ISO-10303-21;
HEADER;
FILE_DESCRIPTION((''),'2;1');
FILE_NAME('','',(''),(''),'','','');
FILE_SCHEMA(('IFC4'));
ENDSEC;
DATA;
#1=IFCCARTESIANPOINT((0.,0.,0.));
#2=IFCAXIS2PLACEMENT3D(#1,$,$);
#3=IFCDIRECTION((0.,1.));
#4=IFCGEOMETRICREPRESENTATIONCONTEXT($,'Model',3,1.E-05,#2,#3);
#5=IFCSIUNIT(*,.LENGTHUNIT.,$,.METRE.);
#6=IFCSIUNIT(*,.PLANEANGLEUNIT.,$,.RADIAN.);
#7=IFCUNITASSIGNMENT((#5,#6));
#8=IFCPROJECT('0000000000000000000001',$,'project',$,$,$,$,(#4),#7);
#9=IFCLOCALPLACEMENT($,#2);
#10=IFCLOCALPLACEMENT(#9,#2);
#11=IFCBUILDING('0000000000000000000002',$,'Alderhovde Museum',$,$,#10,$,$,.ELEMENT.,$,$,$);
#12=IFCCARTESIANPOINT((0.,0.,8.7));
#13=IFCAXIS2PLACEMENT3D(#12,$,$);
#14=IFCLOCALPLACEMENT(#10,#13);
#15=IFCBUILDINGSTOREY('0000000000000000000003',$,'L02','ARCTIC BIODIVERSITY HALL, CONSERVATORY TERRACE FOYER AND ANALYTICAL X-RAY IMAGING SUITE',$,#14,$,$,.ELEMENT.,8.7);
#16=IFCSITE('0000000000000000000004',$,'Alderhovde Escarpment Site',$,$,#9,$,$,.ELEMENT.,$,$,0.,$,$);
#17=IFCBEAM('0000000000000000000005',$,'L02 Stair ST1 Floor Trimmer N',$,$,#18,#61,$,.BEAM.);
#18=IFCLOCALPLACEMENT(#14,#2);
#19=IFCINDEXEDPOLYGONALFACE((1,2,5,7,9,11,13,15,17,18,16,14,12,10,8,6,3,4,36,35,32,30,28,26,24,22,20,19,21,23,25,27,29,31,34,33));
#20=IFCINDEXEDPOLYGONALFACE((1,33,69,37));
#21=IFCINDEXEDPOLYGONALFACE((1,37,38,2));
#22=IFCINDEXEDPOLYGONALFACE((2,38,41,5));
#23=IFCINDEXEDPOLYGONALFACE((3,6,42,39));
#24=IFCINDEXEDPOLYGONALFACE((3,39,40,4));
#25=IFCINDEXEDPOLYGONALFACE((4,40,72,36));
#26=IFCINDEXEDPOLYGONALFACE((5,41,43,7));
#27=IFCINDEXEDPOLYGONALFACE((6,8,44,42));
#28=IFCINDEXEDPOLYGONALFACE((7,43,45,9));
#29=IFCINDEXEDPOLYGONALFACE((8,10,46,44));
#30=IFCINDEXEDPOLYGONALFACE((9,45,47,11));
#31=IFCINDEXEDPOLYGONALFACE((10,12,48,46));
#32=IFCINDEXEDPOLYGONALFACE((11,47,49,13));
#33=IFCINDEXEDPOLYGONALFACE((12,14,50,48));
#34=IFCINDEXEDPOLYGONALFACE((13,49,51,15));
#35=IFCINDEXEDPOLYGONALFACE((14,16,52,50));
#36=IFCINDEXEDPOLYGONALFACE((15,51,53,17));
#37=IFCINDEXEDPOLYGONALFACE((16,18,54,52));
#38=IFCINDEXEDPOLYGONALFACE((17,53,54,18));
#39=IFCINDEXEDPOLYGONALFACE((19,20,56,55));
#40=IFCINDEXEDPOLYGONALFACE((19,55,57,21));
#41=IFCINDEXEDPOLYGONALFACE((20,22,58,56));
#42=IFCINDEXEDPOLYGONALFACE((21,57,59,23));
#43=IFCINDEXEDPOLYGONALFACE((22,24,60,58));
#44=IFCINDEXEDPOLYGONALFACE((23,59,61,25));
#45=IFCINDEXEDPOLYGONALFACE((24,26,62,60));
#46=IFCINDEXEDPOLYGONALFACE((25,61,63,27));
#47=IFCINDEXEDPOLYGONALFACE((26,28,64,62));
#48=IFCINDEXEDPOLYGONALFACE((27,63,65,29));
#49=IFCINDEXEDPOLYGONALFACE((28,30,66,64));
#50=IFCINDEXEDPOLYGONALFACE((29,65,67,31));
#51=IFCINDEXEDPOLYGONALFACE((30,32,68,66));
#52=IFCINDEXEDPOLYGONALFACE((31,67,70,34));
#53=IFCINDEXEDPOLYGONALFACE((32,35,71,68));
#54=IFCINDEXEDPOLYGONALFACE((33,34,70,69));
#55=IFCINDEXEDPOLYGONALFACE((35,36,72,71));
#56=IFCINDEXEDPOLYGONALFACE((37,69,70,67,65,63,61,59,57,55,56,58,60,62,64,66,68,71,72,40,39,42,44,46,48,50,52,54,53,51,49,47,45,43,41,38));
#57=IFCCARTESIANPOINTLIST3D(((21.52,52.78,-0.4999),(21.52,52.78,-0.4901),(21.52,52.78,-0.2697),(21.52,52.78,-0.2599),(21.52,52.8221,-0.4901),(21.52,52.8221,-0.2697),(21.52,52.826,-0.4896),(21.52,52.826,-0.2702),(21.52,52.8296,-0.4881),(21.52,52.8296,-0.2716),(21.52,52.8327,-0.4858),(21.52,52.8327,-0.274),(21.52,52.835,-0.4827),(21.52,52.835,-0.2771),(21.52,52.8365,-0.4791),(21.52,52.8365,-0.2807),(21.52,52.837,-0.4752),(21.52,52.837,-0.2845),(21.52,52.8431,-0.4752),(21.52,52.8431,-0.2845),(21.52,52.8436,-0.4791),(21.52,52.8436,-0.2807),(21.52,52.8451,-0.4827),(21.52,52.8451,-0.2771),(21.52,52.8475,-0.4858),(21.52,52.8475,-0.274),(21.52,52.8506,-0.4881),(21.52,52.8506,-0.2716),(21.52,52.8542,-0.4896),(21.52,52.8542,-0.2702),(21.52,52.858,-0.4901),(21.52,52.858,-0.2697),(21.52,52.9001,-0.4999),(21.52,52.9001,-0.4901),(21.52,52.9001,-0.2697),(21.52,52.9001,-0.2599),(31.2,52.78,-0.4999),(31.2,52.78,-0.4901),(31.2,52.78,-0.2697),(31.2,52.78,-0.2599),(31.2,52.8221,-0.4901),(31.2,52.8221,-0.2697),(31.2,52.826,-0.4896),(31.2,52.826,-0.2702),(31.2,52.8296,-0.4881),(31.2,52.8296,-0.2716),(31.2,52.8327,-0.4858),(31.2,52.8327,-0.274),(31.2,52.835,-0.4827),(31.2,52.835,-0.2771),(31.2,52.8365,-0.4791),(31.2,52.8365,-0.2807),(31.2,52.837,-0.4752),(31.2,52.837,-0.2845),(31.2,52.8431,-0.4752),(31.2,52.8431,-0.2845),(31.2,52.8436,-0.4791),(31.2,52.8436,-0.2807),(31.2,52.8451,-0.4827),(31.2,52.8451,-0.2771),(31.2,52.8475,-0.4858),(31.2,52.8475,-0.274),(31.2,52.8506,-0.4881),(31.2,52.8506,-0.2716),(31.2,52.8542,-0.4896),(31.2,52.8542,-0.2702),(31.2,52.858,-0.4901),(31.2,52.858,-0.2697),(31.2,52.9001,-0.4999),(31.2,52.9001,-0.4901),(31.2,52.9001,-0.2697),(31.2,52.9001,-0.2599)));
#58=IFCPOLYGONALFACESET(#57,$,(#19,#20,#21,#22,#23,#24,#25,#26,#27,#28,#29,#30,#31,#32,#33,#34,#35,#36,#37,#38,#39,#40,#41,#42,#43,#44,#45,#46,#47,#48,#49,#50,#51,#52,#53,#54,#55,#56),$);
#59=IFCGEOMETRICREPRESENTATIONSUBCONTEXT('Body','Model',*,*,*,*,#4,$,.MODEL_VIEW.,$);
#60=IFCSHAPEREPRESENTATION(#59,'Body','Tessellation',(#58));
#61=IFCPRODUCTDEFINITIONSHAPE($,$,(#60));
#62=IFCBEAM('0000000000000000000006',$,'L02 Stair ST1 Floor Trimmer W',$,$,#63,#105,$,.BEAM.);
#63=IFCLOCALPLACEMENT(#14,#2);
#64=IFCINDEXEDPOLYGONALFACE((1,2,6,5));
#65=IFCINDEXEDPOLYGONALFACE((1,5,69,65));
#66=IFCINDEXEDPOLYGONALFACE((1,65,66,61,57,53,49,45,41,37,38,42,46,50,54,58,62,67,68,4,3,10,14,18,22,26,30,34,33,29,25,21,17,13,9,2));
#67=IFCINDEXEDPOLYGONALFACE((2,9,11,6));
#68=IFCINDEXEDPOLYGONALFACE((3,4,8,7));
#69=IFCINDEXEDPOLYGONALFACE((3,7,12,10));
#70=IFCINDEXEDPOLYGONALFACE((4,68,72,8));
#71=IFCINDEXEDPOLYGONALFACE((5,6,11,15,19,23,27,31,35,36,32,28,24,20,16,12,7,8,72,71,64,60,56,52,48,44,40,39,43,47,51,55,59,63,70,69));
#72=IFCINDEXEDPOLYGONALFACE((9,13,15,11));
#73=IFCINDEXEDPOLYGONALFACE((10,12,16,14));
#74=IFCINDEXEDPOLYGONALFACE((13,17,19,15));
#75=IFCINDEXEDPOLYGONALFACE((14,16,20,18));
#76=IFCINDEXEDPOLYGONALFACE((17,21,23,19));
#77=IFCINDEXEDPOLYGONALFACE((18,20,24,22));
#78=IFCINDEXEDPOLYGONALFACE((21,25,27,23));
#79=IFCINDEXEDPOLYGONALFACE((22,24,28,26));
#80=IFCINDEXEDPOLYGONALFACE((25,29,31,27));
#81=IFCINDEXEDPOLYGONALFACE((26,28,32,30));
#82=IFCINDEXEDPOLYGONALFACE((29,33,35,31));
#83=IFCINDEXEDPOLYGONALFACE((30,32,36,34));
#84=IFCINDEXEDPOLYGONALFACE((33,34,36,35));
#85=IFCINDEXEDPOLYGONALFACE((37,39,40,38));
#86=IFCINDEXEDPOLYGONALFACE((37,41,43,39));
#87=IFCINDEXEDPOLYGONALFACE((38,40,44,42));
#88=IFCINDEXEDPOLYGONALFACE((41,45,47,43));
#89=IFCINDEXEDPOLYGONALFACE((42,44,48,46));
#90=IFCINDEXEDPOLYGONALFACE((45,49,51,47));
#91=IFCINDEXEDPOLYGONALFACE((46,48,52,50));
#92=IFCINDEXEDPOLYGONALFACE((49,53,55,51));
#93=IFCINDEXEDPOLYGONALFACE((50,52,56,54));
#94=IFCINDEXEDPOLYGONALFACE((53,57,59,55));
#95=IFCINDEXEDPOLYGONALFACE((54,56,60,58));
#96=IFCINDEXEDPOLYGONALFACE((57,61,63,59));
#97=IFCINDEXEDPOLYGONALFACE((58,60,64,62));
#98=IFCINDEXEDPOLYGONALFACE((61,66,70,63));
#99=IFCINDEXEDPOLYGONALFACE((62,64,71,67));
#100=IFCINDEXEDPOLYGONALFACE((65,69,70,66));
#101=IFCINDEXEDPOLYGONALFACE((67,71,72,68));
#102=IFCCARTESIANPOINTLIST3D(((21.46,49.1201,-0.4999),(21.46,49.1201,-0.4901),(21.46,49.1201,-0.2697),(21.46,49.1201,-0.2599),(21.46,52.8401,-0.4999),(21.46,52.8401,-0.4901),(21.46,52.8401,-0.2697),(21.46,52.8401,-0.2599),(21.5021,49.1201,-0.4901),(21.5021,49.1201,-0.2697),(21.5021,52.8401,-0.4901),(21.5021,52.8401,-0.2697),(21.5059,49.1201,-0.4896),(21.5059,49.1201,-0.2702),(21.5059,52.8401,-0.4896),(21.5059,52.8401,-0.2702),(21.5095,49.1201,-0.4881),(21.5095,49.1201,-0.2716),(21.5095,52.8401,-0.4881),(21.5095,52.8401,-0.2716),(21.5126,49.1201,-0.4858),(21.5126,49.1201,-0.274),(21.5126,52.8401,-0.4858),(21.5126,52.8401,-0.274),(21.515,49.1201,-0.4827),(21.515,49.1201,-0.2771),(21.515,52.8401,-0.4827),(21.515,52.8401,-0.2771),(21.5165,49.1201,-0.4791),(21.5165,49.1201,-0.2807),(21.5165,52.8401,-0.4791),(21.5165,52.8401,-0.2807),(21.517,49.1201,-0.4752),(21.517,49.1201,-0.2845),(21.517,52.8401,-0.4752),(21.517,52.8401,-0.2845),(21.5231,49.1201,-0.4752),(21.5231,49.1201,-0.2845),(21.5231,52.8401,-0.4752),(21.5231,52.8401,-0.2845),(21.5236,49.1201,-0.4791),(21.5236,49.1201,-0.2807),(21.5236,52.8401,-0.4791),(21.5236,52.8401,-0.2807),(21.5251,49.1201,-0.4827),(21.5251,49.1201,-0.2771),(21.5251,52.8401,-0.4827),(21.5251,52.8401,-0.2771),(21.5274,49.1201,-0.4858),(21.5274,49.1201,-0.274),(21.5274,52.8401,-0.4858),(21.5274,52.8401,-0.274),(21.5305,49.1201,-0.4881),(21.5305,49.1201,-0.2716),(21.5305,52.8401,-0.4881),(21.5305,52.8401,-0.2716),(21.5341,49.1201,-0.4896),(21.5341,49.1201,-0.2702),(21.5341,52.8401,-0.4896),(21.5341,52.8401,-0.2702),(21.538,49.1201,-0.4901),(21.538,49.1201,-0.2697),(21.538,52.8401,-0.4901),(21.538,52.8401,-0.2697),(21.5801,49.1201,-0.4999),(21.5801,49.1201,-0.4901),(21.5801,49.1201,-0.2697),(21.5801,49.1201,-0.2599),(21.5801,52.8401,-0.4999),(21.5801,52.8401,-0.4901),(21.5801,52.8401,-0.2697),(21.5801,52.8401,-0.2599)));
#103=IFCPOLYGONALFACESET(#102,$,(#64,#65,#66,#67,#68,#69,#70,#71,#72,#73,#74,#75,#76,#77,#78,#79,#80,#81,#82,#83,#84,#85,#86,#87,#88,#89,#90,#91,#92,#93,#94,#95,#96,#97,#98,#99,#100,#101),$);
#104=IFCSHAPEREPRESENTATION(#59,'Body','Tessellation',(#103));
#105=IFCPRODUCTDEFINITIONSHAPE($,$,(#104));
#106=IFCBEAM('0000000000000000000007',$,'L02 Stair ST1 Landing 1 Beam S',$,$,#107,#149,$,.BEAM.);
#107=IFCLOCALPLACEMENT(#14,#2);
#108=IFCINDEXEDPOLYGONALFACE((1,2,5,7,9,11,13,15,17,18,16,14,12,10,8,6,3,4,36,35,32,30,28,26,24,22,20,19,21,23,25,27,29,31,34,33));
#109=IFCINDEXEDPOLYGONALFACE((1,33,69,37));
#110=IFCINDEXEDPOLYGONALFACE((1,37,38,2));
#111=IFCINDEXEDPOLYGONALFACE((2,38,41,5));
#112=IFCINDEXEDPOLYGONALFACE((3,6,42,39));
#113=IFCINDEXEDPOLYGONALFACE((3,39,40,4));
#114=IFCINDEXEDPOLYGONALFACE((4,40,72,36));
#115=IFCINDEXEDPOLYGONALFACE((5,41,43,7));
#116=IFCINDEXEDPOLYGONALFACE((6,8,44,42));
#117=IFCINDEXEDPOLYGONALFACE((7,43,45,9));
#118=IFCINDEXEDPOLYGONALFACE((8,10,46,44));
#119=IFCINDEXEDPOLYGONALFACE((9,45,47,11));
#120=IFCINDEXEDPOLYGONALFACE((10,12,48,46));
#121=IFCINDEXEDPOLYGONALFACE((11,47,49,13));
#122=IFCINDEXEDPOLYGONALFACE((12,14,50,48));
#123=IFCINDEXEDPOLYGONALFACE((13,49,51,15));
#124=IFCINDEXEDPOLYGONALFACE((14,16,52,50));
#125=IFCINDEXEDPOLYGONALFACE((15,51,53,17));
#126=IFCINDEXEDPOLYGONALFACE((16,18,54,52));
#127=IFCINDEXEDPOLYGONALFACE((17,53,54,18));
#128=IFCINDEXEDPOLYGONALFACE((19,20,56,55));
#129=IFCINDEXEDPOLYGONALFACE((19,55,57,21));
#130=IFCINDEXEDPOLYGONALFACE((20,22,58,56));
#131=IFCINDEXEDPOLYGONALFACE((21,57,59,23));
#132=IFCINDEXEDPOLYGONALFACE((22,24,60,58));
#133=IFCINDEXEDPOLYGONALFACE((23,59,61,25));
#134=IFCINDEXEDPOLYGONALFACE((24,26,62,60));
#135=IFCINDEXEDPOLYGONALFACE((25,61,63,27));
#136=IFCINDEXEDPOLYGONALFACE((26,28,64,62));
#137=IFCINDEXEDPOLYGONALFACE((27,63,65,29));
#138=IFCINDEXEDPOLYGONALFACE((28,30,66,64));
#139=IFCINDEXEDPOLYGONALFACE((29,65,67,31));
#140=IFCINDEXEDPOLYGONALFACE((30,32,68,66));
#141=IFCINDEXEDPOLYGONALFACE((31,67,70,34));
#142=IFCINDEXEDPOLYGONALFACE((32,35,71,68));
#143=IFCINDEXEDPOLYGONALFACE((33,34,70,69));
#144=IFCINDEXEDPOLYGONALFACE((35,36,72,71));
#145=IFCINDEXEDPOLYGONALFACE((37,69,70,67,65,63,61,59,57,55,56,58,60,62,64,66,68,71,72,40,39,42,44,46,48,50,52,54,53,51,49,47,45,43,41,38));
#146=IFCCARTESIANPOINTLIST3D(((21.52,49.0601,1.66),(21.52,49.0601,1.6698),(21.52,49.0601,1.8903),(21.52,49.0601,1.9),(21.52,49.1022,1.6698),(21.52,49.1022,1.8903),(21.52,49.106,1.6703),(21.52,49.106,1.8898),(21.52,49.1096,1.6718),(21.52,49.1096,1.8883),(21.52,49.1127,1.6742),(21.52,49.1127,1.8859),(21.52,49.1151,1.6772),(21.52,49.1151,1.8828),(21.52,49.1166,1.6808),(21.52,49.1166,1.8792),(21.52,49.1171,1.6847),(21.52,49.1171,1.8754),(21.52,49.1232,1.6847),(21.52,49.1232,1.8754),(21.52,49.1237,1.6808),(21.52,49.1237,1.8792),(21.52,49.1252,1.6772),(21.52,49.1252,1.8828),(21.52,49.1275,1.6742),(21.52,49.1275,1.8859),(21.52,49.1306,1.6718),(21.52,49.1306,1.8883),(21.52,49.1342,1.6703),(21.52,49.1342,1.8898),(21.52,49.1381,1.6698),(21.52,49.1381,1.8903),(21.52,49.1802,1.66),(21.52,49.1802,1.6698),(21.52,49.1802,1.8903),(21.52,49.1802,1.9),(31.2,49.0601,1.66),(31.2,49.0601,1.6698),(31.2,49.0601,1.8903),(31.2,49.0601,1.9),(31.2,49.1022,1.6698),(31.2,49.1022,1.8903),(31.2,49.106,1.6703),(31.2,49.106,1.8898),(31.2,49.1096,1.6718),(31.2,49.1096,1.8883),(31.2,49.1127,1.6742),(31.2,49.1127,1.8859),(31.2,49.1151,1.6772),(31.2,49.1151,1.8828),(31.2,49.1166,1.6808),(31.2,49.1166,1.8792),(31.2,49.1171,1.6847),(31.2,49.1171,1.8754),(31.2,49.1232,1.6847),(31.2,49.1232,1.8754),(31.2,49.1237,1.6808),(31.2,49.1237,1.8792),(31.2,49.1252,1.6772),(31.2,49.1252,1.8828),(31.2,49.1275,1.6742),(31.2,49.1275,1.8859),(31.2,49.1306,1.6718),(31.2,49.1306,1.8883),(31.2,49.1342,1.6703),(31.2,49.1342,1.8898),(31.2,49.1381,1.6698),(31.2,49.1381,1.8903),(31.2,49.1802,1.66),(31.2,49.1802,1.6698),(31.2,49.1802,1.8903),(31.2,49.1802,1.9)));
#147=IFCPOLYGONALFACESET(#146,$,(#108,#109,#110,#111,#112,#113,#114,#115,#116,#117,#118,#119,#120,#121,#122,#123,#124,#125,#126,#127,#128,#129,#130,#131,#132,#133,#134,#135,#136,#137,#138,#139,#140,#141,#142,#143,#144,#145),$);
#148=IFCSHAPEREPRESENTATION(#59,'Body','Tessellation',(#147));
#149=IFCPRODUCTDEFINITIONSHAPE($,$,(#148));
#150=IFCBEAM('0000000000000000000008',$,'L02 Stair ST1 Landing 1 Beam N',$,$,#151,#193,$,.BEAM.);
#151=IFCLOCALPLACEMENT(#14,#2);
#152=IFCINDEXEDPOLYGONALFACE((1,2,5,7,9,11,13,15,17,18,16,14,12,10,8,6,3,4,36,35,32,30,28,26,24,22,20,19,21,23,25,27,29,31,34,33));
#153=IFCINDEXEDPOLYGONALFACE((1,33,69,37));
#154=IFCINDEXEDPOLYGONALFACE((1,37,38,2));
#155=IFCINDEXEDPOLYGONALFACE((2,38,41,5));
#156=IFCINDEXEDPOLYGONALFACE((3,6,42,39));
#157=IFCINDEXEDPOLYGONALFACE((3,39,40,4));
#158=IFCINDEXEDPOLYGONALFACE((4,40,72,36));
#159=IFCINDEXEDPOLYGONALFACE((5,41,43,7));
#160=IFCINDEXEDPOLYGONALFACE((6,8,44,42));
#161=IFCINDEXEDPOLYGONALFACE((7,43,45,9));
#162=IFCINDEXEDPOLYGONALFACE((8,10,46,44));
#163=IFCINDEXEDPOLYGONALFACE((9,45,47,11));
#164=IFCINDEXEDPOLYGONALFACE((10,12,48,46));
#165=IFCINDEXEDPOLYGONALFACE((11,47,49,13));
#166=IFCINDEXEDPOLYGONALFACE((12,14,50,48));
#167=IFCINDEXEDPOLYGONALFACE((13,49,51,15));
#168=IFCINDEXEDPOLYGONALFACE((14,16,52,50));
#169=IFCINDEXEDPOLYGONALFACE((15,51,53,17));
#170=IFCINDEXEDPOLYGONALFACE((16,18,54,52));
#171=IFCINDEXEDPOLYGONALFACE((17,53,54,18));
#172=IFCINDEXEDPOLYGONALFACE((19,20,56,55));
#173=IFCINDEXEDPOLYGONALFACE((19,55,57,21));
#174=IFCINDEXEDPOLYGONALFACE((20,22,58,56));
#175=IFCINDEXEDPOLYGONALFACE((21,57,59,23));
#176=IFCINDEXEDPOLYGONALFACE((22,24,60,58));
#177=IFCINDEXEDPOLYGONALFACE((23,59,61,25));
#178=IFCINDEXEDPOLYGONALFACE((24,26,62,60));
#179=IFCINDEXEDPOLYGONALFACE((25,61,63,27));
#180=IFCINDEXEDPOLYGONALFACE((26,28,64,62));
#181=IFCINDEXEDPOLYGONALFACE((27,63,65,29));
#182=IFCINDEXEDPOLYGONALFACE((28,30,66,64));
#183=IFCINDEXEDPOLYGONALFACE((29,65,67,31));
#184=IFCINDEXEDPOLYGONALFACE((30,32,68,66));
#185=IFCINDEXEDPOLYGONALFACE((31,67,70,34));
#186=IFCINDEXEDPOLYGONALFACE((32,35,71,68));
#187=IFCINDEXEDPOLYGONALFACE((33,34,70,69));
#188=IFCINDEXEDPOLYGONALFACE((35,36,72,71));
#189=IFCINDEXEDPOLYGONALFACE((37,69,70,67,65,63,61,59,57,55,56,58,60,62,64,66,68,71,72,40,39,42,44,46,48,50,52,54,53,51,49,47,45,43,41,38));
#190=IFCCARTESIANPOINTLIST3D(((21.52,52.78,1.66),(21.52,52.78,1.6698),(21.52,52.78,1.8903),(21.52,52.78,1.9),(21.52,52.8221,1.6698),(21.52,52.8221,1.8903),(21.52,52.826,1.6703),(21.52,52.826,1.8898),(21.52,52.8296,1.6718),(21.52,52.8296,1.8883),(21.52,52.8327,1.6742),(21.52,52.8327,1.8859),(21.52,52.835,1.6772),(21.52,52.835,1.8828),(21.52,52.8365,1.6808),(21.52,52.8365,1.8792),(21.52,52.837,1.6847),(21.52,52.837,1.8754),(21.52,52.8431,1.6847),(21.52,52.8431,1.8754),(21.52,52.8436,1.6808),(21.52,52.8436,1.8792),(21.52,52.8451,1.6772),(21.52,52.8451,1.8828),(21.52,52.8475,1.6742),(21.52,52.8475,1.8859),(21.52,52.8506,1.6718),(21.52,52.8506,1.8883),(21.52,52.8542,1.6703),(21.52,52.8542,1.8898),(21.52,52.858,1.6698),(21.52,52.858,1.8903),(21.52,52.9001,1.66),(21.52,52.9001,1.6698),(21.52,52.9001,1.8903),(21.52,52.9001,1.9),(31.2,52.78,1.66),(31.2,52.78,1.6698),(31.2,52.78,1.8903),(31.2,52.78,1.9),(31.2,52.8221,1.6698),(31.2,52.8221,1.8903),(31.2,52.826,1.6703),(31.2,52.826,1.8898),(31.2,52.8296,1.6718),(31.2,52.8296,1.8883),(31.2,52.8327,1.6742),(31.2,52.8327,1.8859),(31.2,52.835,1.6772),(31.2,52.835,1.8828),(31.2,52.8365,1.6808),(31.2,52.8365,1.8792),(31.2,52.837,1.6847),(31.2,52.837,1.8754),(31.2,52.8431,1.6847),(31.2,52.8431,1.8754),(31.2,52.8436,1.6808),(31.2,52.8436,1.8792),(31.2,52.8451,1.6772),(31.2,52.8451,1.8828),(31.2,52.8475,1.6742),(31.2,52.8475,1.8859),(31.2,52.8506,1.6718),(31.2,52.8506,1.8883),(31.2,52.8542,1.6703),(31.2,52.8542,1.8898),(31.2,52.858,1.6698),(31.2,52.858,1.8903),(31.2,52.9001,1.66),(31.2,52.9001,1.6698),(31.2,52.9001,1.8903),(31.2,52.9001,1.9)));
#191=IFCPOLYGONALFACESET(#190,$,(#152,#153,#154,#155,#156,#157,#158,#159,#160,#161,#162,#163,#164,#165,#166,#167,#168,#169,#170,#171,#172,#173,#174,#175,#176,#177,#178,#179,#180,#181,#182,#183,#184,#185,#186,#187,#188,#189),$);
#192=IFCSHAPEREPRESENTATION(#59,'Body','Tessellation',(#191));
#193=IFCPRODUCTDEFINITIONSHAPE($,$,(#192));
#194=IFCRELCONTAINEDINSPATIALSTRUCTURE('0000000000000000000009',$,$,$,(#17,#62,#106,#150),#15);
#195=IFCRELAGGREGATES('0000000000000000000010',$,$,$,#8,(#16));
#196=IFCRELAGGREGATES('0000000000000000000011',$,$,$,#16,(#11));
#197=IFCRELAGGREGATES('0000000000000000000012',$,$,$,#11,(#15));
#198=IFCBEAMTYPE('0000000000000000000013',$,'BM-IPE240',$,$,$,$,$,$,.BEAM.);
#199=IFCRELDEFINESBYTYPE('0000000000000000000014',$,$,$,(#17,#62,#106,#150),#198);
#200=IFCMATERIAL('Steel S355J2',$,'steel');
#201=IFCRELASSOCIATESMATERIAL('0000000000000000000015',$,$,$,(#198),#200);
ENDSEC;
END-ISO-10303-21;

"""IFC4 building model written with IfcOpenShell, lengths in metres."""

from ifc_helpers import new_model, si_unit, direction, frame, origin, origin_2d, place, context, subcontext, project, spatial, i_section, extrude, material, material_profile, profile_set, type_object, element, save


model = new_model("IFC4")

# Units and contexts
model_context = context("Model", 3, precision=1e-05, world=origin(), true_north=direction((0.0, 1.0)))
body_context = subcontext(model_context, "Body", "Model", "MODEL_VIEW")
ifc_project = project(units=[si_unit("LENGTHUNIT", "METRE"), si_unit("PLANEANGLEUNIT", "RADIAN")], contexts=[model_context])

# Site, building, storey
site_placement = place(None, origin())
site = spatial("IfcSite", under=ifc_project, at=site_placement, Name="Alderhovde Escarpment Site", CompositionType="ELEMENT", RefElevation=0.0)
building_placement = place(site_placement, origin())
building = spatial("IfcBuilding", under=site, at=building_placement, Name="Alderhovde Museum", CompositionType="ELEMENT")
storey_placement = place(building_placement, frame((0.0, 0.0, 8.7)))
storey = spatial("IfcBuildingStorey", under=building, at=storey_placement, Name="L02", Description="ARCTIC BIODIVERSITY HALL, CONSERVATORY TERRACE FOYER AND ANALYTICAL X-RAY IMAGING SUITE", CompositionType="ELEMENT", Elevation=8.7)

# Beams
ifc_material_1 = material(Name="Steel S355J2", Category="steel")
ifc_material_profile_1 = material_profile(ifc_material_1, i_section(OverallWidth=0.1201, OverallDepth=0.24, WebThickness=0.0061, FlangeThickness=0.0098, FilletRadius=0.0149, at=origin_2d()), Name="IPE 240")
ifc_profile_set_1 = profile_set([ifc_material_profile_1], Name="Steel S355J2")
beam_type_1 = type_object("IfcBeamType", Name="BM-IPE240", PredefinedType="BEAM", material=ifc_profile_set_1)
for number, where, z_axis, x_axis, name in (
    (1, (21.52, 52.8401, -0.3799), (1.0, 0.0, 0.0), (0.0, 1.0, 0.0), "L02 Stair ST1 Floor Trimmer N"),
):
    element("IfcBeam", number, at=place(storey_placement, frame(where, z_axis=z_axis, x_axis=x_axis)), inside=storey, type_object=beam_type_1, Name=name, PredefinedType="BEAM", context=body_context, shape_type="SweptSolid", body=[
        extrude(i_section(OverallWidth=0.1201, OverallDepth=0.24, WebThickness=0.0061, FlangeThickness=0.0098, FilletRadius=0.0149, at=origin_2d()), origin(), (0.0, 0.0, 1.0), 9.6799),
    ])
beam_1_placement = place(storey_placement, frame((21.52, 49.1201, -0.3799), z_axis=(0.0, 1.0, 0.0), x_axis=(-1.0, 0.0, 0.0)))
element("IfcBeam", 2, at=beam_1_placement, inside=storey, type_object=beam_type_1, Name="L02 Stair ST1 Floor Trimmer W", PredefinedType="BEAM", context=body_context, shape_type="SweptSolid", body=[
    extrude(i_section(OverallWidth=0.1201, OverallDepth=0.24, WebThickness=0.0061, FlangeThickness=0.0098, FilletRadius=0.0149, at=origin_2d()), origin(), (0.0, 0.0, 1.0), 3.72),
])
for number, where, z_axis, x_axis, name in (
    (3, (21.52, 49.1201, 1.78), (1.0, 0.0, 0.0), (0.0, 1.0, 0.0), "L02 Stair ST1 Landing 1 Beam S"),
    (4, (21.52, 52.8401, 1.78), (1.0, 0.0, 0.0), (0.0, 1.0, 0.0), "L02 Stair ST1 Landing 1 Beam N"),
):
    element("IfcBeam", number, at=place(storey_placement, frame(where, z_axis=z_axis, x_axis=x_axis)), inside=storey, type_object=beam_type_1, Name=name, PredefinedType="BEAM", context=body_context, shape_type="SweptSolid", body=[
        extrude(i_section(OverallWidth=0.1201, OverallDepth=0.24, WebThickness=0.0061, FlangeThickness=0.0098, FilletRadius=0.0149, at=origin_2d()), origin(), (0.0, 0.0, 1.0), 9.6799),
    ])

save(model, "model.ifc")
